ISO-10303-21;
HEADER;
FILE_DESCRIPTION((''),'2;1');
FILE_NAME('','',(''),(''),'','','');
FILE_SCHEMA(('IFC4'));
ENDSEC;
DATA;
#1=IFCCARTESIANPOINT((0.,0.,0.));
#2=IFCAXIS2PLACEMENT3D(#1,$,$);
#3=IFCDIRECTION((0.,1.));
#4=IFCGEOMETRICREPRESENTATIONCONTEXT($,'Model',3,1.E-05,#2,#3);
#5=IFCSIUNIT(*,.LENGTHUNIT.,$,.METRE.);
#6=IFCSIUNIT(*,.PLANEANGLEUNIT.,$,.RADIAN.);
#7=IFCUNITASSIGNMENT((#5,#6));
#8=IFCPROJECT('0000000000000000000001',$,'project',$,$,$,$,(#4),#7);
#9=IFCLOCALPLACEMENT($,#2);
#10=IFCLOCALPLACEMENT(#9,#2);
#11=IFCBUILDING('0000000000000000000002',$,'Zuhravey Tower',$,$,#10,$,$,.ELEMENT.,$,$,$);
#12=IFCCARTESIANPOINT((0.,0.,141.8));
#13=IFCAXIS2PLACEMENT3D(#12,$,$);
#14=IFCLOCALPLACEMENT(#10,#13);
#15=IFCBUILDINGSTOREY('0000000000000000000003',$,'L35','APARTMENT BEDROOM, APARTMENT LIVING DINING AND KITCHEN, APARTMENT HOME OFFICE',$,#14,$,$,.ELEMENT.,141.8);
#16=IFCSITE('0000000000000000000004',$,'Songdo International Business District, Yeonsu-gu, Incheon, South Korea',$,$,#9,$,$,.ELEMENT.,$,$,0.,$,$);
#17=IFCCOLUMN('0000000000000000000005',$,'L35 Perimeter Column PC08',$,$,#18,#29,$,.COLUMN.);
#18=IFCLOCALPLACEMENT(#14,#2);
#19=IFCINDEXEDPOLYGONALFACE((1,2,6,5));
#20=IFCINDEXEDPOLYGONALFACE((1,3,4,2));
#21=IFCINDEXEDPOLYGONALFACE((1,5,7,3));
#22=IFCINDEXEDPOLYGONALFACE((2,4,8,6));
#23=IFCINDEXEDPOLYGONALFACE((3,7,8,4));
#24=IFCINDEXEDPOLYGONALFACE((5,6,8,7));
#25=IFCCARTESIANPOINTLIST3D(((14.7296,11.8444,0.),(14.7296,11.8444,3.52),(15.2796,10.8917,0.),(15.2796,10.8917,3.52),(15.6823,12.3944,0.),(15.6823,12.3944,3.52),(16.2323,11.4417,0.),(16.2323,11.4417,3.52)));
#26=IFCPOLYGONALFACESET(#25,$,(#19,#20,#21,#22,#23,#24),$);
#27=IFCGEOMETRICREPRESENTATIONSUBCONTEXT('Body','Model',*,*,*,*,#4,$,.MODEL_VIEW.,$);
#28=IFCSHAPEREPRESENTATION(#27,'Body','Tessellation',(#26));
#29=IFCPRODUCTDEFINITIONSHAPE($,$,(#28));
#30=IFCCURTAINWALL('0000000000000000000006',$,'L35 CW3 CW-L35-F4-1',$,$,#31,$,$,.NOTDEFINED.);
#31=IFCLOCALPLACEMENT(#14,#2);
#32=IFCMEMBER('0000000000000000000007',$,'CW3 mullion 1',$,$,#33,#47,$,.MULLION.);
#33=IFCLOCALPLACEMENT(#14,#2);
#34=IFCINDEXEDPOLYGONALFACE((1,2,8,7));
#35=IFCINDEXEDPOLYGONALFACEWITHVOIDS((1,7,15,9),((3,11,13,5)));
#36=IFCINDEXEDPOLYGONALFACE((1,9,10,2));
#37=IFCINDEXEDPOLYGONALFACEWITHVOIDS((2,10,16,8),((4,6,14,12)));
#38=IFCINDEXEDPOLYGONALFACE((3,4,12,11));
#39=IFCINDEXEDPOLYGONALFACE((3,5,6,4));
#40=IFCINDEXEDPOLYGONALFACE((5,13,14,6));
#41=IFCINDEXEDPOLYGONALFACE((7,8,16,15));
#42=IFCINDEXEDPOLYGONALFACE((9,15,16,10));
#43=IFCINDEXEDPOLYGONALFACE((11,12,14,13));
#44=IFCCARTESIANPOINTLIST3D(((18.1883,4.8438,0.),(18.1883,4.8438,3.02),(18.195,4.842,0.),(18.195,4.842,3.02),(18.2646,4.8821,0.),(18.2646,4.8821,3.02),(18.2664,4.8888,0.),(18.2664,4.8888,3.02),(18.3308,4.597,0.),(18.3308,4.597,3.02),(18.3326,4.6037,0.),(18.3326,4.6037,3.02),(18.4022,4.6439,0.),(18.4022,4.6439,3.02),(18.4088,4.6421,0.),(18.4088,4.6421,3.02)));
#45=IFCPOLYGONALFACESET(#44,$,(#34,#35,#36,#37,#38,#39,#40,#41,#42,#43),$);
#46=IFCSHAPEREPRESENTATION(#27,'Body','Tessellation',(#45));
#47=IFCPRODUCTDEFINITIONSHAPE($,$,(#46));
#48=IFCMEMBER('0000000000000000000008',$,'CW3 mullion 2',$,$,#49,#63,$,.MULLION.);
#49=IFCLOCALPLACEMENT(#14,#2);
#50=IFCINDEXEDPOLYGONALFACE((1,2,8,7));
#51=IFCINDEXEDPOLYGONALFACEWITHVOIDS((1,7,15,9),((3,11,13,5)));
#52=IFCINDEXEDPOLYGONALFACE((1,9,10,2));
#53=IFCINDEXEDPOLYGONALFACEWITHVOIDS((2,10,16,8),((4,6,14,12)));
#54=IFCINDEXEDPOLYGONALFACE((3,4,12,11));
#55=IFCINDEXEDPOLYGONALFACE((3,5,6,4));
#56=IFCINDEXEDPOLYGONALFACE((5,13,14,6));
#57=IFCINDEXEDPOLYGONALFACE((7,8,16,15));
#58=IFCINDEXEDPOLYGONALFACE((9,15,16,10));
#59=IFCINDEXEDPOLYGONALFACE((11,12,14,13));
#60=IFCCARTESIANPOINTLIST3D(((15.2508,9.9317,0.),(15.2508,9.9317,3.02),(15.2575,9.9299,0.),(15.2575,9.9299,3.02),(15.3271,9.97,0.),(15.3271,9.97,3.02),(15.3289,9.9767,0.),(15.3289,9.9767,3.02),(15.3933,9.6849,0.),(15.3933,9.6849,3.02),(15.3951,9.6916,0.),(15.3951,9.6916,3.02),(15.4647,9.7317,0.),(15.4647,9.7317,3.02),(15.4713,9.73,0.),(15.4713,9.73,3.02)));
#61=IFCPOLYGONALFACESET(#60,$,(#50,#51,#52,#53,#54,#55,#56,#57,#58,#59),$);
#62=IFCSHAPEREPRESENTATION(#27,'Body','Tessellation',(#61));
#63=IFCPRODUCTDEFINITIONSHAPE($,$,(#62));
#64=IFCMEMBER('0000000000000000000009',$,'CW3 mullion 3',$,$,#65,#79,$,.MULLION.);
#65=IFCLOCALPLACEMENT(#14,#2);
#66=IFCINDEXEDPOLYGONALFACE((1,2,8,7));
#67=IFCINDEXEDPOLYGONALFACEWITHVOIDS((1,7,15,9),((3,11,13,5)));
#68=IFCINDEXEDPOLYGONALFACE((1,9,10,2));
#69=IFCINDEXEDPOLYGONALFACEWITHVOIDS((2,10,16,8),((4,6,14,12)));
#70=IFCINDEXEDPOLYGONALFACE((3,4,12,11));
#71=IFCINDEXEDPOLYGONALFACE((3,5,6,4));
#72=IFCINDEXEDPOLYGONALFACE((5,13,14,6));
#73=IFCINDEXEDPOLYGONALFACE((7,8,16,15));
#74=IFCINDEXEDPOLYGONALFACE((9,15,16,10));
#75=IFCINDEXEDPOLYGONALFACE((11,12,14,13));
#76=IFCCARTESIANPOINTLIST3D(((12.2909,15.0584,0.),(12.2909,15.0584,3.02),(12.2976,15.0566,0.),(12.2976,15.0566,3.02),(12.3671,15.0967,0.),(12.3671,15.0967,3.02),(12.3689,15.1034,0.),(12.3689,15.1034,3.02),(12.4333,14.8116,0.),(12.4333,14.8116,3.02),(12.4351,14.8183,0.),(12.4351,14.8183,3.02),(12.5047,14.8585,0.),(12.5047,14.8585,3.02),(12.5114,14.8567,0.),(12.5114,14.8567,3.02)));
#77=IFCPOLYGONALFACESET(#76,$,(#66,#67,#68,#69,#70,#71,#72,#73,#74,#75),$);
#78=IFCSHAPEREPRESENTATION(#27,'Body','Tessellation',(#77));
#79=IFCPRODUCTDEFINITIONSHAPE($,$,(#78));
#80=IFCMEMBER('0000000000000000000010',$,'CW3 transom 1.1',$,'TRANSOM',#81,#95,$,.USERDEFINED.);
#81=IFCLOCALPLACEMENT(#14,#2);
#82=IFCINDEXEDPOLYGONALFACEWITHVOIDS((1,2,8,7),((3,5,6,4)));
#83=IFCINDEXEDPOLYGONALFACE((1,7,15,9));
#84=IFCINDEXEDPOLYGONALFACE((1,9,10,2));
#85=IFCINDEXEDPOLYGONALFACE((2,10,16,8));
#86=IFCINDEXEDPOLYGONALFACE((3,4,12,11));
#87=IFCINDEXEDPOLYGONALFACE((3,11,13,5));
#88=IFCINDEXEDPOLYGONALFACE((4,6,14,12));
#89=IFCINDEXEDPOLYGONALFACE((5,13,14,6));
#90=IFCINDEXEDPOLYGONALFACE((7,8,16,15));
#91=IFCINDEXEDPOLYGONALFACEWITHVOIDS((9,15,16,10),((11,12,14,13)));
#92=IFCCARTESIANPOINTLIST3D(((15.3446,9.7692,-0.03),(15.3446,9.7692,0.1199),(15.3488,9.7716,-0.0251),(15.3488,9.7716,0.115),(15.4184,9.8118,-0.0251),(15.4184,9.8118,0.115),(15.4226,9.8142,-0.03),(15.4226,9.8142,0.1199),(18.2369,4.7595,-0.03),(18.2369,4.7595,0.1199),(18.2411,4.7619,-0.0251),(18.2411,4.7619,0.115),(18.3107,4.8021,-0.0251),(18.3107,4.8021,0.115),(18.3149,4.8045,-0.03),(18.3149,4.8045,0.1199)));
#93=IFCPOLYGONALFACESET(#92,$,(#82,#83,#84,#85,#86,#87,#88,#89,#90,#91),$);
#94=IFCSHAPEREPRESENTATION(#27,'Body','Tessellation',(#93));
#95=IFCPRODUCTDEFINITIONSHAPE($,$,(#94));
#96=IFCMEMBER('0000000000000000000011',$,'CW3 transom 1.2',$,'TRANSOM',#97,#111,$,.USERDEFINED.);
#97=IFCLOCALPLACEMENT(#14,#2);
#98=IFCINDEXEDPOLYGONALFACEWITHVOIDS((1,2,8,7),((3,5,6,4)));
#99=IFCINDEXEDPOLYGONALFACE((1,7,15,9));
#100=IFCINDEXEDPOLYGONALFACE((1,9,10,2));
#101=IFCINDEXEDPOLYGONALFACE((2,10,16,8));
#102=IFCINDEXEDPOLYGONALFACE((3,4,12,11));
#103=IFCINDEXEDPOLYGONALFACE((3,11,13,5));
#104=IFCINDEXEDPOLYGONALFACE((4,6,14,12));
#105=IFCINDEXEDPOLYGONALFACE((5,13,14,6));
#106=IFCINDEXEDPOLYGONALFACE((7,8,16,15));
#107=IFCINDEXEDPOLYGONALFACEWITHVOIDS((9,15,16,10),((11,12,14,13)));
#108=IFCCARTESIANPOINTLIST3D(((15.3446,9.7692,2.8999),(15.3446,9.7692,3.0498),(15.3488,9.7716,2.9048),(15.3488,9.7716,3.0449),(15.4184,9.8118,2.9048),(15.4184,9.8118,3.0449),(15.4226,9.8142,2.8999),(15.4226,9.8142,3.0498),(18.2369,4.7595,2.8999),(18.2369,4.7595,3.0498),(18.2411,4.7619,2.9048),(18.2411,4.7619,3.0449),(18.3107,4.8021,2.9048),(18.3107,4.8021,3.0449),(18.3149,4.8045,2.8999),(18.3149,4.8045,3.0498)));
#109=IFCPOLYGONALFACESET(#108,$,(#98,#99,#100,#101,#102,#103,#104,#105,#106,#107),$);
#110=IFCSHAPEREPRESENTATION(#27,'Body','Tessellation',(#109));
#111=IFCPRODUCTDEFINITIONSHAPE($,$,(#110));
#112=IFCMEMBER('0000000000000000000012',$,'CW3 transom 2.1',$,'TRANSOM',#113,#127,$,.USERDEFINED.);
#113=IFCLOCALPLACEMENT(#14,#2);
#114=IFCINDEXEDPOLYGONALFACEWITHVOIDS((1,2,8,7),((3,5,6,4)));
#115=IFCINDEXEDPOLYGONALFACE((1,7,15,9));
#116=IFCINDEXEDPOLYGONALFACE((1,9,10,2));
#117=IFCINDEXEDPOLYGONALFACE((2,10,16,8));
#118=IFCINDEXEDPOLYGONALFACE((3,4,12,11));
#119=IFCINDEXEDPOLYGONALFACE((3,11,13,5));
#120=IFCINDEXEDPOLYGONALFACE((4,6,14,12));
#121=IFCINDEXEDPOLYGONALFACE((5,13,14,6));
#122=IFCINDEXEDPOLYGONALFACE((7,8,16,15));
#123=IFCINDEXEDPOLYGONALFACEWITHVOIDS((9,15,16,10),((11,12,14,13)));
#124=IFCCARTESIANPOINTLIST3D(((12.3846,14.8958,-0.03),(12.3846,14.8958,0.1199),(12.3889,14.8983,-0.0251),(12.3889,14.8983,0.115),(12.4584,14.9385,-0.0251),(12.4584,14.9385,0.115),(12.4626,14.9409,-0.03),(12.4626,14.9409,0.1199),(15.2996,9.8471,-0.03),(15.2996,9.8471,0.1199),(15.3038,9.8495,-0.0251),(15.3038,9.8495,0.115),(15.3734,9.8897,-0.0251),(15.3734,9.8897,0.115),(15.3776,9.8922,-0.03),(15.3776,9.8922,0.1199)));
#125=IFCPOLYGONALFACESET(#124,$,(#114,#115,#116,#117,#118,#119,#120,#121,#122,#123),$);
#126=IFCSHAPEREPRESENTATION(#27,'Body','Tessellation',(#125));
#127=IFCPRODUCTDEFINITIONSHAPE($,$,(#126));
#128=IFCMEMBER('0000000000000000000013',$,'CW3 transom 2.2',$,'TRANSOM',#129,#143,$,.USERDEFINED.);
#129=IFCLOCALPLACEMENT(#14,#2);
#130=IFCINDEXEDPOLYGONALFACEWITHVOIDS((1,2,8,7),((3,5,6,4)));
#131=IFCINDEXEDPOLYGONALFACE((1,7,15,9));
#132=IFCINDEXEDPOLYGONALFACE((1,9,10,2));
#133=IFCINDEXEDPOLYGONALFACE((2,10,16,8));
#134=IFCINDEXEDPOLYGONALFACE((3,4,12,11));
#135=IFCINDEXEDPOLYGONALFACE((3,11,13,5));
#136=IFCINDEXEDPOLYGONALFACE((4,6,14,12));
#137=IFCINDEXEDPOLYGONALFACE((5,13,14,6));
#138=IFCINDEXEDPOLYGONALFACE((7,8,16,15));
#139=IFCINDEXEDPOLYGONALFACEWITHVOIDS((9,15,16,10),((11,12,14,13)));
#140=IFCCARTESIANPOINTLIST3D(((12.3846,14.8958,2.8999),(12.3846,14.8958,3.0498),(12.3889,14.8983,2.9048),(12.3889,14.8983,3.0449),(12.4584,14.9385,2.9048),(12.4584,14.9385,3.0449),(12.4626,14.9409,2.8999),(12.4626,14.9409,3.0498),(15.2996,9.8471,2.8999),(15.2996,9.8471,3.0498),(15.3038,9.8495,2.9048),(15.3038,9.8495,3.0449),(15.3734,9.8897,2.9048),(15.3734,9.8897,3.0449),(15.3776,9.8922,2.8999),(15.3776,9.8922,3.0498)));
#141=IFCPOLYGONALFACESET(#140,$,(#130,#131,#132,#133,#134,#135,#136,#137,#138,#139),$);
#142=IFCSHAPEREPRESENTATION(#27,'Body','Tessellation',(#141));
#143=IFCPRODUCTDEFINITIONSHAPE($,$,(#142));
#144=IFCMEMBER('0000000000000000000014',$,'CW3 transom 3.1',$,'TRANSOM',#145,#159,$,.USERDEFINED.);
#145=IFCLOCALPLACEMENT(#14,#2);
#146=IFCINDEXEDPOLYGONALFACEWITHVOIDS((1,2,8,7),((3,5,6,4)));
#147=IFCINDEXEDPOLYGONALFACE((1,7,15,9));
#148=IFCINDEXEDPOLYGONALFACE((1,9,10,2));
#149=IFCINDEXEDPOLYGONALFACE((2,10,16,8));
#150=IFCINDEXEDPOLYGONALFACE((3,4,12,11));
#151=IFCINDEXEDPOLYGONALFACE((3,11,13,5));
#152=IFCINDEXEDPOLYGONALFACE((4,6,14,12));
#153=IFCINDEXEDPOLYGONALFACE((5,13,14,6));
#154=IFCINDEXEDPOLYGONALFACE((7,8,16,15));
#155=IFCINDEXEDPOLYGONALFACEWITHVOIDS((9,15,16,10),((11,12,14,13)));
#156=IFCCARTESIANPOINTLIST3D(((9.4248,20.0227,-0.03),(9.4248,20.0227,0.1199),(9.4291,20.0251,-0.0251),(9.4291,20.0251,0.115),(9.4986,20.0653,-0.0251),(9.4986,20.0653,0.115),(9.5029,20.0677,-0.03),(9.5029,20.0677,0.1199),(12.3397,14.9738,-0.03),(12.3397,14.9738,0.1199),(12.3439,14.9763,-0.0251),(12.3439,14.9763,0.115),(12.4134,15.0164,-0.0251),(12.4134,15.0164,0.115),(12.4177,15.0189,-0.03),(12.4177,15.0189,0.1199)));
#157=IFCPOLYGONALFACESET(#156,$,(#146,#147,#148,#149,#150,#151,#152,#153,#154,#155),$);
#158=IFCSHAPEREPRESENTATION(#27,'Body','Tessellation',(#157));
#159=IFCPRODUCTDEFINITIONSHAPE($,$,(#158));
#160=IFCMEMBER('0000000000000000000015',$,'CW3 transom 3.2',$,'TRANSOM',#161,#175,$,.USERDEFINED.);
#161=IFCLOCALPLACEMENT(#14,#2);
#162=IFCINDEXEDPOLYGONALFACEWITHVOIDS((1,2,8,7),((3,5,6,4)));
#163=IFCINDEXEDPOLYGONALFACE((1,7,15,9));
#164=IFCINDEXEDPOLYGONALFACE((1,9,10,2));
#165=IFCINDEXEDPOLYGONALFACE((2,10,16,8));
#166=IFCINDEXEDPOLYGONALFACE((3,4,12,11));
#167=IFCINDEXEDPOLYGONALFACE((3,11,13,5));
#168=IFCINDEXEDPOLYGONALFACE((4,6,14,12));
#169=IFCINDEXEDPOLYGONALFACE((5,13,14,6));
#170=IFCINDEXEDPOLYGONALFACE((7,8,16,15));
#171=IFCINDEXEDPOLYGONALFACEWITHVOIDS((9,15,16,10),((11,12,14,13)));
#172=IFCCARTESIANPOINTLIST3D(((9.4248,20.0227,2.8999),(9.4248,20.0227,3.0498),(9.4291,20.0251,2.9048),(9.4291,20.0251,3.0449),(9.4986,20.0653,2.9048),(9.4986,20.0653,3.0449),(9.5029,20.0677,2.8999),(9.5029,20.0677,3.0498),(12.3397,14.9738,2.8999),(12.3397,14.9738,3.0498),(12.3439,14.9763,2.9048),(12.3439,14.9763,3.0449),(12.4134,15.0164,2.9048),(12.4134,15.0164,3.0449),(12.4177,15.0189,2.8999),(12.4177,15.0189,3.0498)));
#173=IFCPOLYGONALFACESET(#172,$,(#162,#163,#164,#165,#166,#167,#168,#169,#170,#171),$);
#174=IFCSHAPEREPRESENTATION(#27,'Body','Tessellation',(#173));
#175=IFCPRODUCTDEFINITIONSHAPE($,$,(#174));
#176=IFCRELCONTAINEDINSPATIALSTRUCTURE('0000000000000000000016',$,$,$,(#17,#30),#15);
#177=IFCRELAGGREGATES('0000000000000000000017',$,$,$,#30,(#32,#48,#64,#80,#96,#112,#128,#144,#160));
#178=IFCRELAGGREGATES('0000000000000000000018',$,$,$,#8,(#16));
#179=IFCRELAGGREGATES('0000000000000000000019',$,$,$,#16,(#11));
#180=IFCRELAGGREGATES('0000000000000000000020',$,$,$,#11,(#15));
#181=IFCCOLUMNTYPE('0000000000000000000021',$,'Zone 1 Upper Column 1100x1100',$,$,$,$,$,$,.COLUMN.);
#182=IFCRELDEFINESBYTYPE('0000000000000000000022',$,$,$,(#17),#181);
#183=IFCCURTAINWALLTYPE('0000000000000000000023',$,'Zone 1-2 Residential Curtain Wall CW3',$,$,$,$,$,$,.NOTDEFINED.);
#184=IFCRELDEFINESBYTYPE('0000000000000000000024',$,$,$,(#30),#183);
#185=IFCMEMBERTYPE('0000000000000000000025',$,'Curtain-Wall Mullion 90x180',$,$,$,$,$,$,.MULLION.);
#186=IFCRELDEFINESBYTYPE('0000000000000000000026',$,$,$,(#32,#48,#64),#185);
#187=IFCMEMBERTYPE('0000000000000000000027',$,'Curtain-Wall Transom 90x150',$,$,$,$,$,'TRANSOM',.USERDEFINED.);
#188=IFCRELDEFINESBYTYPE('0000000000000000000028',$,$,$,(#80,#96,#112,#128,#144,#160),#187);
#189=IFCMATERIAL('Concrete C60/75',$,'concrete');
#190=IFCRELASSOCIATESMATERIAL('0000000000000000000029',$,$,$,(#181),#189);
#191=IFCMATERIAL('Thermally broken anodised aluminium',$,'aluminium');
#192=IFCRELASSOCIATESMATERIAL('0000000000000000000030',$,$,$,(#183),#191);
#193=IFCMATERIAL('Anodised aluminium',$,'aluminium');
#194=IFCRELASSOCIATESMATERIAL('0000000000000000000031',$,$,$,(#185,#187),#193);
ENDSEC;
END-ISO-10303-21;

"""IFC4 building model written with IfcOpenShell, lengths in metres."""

from ifc_helpers import new_model, si_unit, direction, frame, origin, origin_2d, place, context, subcontext, project, spatial, rectangle, hollow_rectangle, extrude, material, material_profile, profile_set, type_object, element, aggregate, save


model = new_model("IFC4")

# Units and contexts
model_context = context("Model", 3, precision=1e-05, world=origin(), true_north=direction((0.0, 1.0)))
body_context = subcontext(model_context, "Body", "Model", "MODEL_VIEW")
ifc_project = project(units=[si_unit("LENGTHUNIT", "METRE"), si_unit("PLANEANGLEUNIT", "RADIAN")], contexts=[model_context])

# Site, building, storey
site_placement = place(None, origin())
site = spatial("IfcSite", under=ifc_project, at=site_placement, Name="Songdo International Business District, Yeonsu-gu, Incheon, South Korea", CompositionType="ELEMENT", RefElevation=0.0)
building_placement = place(site_placement, origin())
building = spatial("IfcBuilding", under=site, at=building_placement, Name="Zuhravey Tower", CompositionType="ELEMENT")
storey_placement = place(building_placement, frame((0.0, 0.0, 141.8)))
storey = spatial("IfcBuildingStorey", under=building, at=storey_placement, Name="L35", Description="APARTMENT BEDROOM, APARTMENT LIVING DINING AND KITCHEN, APARTMENT HOME OFFICE", CompositionType="ELEMENT", Elevation=141.8)

# Column
ifc_material_1 = material(Name="Concrete C60/75", Category="concrete")
ifc_material_profile_1 = material_profile(ifc_material_1, rectangle(XDim=1.1001, YDim=1.1001, at=origin_2d()), Name="RC-1100x1100")
ifc_profile_set_1 = profile_set([ifc_material_profile_1], Name="Concrete C60/75")
column_type = type_object("IfcColumnType", Name="Zone 1 Upper Column 1100x1100", PredefinedType="COLUMN", material=ifc_profile_set_1)
column_placement = place(storey_placement, frame((15.481, 11.6431, 0.0), z_axis=(0.0, 0.0, 1.0), x_axis=(0.5, -0.866025, 0.0)))
element("IfcColumn", 1, at=column_placement, inside=storey, type_object=column_type, Name="L35 Perimeter Column PC08", PredefinedType="COLUMN", context=body_context, shape_type="SweptSolid", body=[
    extrude(rectangle(XDim=1.1001, YDim=1.1001, at=origin_2d()), origin(), (0.0, 0.0, 1.0), 3.52),
])

# Curtain wall, members
ifc_material_2 = material(Name="Thermally broken anodised aluminium", Category="aluminium")
curtain_wall_type = type_object("IfcCurtainWallType", Name="Zone 1-2 Residential Curtain Wall CW3", PredefinedType="NOTDEFINED", material=ifc_material_2)
curtain_wall_placement = place(storey_placement, origin())
curtain_wall = element("IfcCurtainWall", 2, at=curtain_wall_placement, inside=storey, type_object=curtain_wall_type, Name="L35 CW3 CW-L35-F4-1", PredefinedType="NOTDEFINED")
ifc_material_3 = material(Name="Anodised aluminium", Category="aluminium")
ifc_material_profile_2 = material_profile(ifc_material_3, hollow_rectangle(XDim=0.0901, YDim=0.2849, WallThickness=0.0049, at=origin_2d()), Name="ALU-RHS-90x285x5")
ifc_profile_set_2 = profile_set([ifc_material_profile_2], Name="Anodised aluminium")
member_type_1 = type_object("IfcMemberType", Name="Curtain-Wall Mullion 90x180", PredefinedType="MULLION", material=ifc_profile_set_2)
member_1_placement = place(storey_placement, frame((18.2986, 4.7429, 0.0), z_axis=(0.0, 0.0, 1.0), x_axis=(-0.866026, -0.5, 0.0)))
member_1 = element("IfcMember", 3, at=member_1_placement, type_object=member_type_1, Name="CW3 mullion 1", PredefinedType="MULLION", context=body_context, shape_type="SweptSolid", body=[
    extrude(hollow_rectangle(XDim=0.0901, YDim=0.2849, WallThickness=0.0049, at=origin_2d()), origin(), (0.0, 0.0, 1.0), 3.02),
])
member_2_placement = place(storey_placement, frame((15.3611, 9.8308, 0.0), z_axis=(0.0, 0.0, 1.0), x_axis=(-0.866026, -0.5, 0.0)))
member_2 = element("IfcMember", 4, at=member_2_placement, type_object=member_type_1, Name="CW3 mullion 2", PredefinedType="MULLION", context=body_context, shape_type="SweptSolid", body=[
    extrude(hollow_rectangle(XDim=0.0901, YDim=0.2849, WallThickness=0.0049, at=origin_2d()), origin(), (0.0, 0.0, 1.0), 3.02),
])
member_3_placement = place(storey_placement, frame((12.4011, 14.9575, 0.0), z_axis=(0.0, 0.0, 1.0), x_axis=(-0.866026, -0.5, 0.0)))
member_3 = element("IfcMember", 5, at=member_3_placement, type_object=member_type_1, Name="CW3 mullion 3", PredefinedType="MULLION", context=body_context, shape_type="SweptSolid", body=[
    extrude(hollow_rectangle(XDim=0.0901, YDim=0.2849, WallThickness=0.0049, at=origin_2d()), origin(), (0.0, 0.0, 1.0), 3.02),
])
ifc_material_profile_3 = material_profile(ifc_material_3, hollow_rectangle(XDim=0.0901, YDim=0.1499, WallThickness=0.0049, at=origin_2d()), Name="ALU-RHS-90x150x5")
ifc_profile_set_3 = profile_set([ifc_material_profile_3], Name="Anodised aluminium")
member_type_2 = type_object("IfcMemberType", Name="Curtain-Wall Transom 90x150", ElementType="TRANSOM", PredefinedType="USERDEFINED", material=ifc_profile_set_3)
member_4_placement = place(storey_placement, frame((18.2759, 4.782, 0.0449), z_axis=(-0.499993, 0.86603, 0.0), x_axis=(-0.86603, -0.499993, 0.0)))
member_4 = element("IfcMember", 6, at=member_4_placement, type_object=member_type_2, Name="CW3 transom 1.1", ObjectType="TRANSOM", PredefinedType="USERDEFINED", context=body_context, shape_type="SweptSolid", body=[
    extrude(hollow_rectangle(XDim=0.0901, YDim=0.1499, WallThickness=0.0049, at=origin_2d()), origin(), (0.0, 0.0, 1.0), 5.7847),
])
member_5_placement = place(storey_placement, frame((18.2759, 4.782, 2.9749), z_axis=(-0.499993, 0.86603, 0.0), x_axis=(-0.86603, -0.499993, 0.0)))
member_5 = element("IfcMember", 7, at=member_5_placement, type_object=member_type_2, Name="CW3 transom 1.2", ObjectType="TRANSOM", PredefinedType="USERDEFINED", context=body_context, shape_type="SweptSolid", body=[
    extrude(hollow_rectangle(XDim=0.0901, YDim=0.1499, WallThickness=0.0049, at=origin_2d()), origin(), (0.0, 0.0, 1.0), 5.7847),
])
member_6_placement = place(storey_placement, frame((15.3386, 9.8696, 0.0449), z_axis=(-0.500012, 0.866018, 0.0), x_axis=(-0.866018, -0.500012, 0.0)))
member_6 = element("IfcMember", 8, at=member_6_placement, type_object=member_type_2, Name="CW3 transom 2.1", ObjectType="TRANSOM", PredefinedType="USERDEFINED", context=body_context, shape_type="SweptSolid", body=[
    extrude(hollow_rectangle(XDim=0.0901, YDim=0.1499, WallThickness=0.0049, at=origin_2d()), origin(), (0.0, 0.0, 1.0), 5.8298),
])
member_7_placement = place(storey_placement, frame((15.3386, 9.8696, 2.9749), z_axis=(-0.500012, 0.866018, 0.0), x_axis=(-0.866018, -0.500012, 0.0)))
member_7 = element("IfcMember", 9, at=member_7_placement, type_object=member_type_2, Name="CW3 transom 2.2", ObjectType="TRANSOM", PredefinedType="USERDEFINED", context=body_context, shape_type="SweptSolid", body=[
    extrude(hollow_rectangle(XDim=0.0901, YDim=0.1499, WallThickness=0.0049, at=origin_2d()), origin(), (0.0, 0.0, 1.0), 5.8298),
])
member_8_placement = place(storey_placement, frame((12.3787, 14.9963, 0.0449), z_axis=(-0.499981, 0.866036, 0.0), x_axis=(-0.866036, -0.499981, 0.0)))
member_8 = element("IfcMember", 10, at=member_8_placement, type_object=member_type_2, Name="CW3 transom 3.1", ObjectType="TRANSOM", PredefinedType="USERDEFINED", context=body_context, shape_type="SweptSolid", body=[
    extrude(hollow_rectangle(XDim=0.0901, YDim=0.1499, WallThickness=0.0049, at=origin_2d()), origin(), (0.0, 0.0, 1.0), 5.8298),
])
member_9_placement = place(storey_placement, frame((12.3787, 14.9963, 2.9749), z_axis=(-0.499981, 0.866036, 0.0), x_axis=(-0.866036, -0.499981, 0.0)))
member_9 = element("IfcMember", 11, at=member_9_placement, type_object=member_type_2, Name="CW3 transom 3.2", ObjectType="TRANSOM", PredefinedType="USERDEFINED", context=body_context, shape_type="SweptSolid", body=[
    extrude(hollow_rectangle(XDim=0.0901, YDim=0.1499, WallThickness=0.0049, at=origin_2d()), origin(), (0.0, 0.0, 1.0), 5.8298),
])

aggregate(curtain_wall, [member_1, member_2, member_3, member_4, member_5, member_6, member_7, member_8, member_9])

save(model, "model.ifc")
